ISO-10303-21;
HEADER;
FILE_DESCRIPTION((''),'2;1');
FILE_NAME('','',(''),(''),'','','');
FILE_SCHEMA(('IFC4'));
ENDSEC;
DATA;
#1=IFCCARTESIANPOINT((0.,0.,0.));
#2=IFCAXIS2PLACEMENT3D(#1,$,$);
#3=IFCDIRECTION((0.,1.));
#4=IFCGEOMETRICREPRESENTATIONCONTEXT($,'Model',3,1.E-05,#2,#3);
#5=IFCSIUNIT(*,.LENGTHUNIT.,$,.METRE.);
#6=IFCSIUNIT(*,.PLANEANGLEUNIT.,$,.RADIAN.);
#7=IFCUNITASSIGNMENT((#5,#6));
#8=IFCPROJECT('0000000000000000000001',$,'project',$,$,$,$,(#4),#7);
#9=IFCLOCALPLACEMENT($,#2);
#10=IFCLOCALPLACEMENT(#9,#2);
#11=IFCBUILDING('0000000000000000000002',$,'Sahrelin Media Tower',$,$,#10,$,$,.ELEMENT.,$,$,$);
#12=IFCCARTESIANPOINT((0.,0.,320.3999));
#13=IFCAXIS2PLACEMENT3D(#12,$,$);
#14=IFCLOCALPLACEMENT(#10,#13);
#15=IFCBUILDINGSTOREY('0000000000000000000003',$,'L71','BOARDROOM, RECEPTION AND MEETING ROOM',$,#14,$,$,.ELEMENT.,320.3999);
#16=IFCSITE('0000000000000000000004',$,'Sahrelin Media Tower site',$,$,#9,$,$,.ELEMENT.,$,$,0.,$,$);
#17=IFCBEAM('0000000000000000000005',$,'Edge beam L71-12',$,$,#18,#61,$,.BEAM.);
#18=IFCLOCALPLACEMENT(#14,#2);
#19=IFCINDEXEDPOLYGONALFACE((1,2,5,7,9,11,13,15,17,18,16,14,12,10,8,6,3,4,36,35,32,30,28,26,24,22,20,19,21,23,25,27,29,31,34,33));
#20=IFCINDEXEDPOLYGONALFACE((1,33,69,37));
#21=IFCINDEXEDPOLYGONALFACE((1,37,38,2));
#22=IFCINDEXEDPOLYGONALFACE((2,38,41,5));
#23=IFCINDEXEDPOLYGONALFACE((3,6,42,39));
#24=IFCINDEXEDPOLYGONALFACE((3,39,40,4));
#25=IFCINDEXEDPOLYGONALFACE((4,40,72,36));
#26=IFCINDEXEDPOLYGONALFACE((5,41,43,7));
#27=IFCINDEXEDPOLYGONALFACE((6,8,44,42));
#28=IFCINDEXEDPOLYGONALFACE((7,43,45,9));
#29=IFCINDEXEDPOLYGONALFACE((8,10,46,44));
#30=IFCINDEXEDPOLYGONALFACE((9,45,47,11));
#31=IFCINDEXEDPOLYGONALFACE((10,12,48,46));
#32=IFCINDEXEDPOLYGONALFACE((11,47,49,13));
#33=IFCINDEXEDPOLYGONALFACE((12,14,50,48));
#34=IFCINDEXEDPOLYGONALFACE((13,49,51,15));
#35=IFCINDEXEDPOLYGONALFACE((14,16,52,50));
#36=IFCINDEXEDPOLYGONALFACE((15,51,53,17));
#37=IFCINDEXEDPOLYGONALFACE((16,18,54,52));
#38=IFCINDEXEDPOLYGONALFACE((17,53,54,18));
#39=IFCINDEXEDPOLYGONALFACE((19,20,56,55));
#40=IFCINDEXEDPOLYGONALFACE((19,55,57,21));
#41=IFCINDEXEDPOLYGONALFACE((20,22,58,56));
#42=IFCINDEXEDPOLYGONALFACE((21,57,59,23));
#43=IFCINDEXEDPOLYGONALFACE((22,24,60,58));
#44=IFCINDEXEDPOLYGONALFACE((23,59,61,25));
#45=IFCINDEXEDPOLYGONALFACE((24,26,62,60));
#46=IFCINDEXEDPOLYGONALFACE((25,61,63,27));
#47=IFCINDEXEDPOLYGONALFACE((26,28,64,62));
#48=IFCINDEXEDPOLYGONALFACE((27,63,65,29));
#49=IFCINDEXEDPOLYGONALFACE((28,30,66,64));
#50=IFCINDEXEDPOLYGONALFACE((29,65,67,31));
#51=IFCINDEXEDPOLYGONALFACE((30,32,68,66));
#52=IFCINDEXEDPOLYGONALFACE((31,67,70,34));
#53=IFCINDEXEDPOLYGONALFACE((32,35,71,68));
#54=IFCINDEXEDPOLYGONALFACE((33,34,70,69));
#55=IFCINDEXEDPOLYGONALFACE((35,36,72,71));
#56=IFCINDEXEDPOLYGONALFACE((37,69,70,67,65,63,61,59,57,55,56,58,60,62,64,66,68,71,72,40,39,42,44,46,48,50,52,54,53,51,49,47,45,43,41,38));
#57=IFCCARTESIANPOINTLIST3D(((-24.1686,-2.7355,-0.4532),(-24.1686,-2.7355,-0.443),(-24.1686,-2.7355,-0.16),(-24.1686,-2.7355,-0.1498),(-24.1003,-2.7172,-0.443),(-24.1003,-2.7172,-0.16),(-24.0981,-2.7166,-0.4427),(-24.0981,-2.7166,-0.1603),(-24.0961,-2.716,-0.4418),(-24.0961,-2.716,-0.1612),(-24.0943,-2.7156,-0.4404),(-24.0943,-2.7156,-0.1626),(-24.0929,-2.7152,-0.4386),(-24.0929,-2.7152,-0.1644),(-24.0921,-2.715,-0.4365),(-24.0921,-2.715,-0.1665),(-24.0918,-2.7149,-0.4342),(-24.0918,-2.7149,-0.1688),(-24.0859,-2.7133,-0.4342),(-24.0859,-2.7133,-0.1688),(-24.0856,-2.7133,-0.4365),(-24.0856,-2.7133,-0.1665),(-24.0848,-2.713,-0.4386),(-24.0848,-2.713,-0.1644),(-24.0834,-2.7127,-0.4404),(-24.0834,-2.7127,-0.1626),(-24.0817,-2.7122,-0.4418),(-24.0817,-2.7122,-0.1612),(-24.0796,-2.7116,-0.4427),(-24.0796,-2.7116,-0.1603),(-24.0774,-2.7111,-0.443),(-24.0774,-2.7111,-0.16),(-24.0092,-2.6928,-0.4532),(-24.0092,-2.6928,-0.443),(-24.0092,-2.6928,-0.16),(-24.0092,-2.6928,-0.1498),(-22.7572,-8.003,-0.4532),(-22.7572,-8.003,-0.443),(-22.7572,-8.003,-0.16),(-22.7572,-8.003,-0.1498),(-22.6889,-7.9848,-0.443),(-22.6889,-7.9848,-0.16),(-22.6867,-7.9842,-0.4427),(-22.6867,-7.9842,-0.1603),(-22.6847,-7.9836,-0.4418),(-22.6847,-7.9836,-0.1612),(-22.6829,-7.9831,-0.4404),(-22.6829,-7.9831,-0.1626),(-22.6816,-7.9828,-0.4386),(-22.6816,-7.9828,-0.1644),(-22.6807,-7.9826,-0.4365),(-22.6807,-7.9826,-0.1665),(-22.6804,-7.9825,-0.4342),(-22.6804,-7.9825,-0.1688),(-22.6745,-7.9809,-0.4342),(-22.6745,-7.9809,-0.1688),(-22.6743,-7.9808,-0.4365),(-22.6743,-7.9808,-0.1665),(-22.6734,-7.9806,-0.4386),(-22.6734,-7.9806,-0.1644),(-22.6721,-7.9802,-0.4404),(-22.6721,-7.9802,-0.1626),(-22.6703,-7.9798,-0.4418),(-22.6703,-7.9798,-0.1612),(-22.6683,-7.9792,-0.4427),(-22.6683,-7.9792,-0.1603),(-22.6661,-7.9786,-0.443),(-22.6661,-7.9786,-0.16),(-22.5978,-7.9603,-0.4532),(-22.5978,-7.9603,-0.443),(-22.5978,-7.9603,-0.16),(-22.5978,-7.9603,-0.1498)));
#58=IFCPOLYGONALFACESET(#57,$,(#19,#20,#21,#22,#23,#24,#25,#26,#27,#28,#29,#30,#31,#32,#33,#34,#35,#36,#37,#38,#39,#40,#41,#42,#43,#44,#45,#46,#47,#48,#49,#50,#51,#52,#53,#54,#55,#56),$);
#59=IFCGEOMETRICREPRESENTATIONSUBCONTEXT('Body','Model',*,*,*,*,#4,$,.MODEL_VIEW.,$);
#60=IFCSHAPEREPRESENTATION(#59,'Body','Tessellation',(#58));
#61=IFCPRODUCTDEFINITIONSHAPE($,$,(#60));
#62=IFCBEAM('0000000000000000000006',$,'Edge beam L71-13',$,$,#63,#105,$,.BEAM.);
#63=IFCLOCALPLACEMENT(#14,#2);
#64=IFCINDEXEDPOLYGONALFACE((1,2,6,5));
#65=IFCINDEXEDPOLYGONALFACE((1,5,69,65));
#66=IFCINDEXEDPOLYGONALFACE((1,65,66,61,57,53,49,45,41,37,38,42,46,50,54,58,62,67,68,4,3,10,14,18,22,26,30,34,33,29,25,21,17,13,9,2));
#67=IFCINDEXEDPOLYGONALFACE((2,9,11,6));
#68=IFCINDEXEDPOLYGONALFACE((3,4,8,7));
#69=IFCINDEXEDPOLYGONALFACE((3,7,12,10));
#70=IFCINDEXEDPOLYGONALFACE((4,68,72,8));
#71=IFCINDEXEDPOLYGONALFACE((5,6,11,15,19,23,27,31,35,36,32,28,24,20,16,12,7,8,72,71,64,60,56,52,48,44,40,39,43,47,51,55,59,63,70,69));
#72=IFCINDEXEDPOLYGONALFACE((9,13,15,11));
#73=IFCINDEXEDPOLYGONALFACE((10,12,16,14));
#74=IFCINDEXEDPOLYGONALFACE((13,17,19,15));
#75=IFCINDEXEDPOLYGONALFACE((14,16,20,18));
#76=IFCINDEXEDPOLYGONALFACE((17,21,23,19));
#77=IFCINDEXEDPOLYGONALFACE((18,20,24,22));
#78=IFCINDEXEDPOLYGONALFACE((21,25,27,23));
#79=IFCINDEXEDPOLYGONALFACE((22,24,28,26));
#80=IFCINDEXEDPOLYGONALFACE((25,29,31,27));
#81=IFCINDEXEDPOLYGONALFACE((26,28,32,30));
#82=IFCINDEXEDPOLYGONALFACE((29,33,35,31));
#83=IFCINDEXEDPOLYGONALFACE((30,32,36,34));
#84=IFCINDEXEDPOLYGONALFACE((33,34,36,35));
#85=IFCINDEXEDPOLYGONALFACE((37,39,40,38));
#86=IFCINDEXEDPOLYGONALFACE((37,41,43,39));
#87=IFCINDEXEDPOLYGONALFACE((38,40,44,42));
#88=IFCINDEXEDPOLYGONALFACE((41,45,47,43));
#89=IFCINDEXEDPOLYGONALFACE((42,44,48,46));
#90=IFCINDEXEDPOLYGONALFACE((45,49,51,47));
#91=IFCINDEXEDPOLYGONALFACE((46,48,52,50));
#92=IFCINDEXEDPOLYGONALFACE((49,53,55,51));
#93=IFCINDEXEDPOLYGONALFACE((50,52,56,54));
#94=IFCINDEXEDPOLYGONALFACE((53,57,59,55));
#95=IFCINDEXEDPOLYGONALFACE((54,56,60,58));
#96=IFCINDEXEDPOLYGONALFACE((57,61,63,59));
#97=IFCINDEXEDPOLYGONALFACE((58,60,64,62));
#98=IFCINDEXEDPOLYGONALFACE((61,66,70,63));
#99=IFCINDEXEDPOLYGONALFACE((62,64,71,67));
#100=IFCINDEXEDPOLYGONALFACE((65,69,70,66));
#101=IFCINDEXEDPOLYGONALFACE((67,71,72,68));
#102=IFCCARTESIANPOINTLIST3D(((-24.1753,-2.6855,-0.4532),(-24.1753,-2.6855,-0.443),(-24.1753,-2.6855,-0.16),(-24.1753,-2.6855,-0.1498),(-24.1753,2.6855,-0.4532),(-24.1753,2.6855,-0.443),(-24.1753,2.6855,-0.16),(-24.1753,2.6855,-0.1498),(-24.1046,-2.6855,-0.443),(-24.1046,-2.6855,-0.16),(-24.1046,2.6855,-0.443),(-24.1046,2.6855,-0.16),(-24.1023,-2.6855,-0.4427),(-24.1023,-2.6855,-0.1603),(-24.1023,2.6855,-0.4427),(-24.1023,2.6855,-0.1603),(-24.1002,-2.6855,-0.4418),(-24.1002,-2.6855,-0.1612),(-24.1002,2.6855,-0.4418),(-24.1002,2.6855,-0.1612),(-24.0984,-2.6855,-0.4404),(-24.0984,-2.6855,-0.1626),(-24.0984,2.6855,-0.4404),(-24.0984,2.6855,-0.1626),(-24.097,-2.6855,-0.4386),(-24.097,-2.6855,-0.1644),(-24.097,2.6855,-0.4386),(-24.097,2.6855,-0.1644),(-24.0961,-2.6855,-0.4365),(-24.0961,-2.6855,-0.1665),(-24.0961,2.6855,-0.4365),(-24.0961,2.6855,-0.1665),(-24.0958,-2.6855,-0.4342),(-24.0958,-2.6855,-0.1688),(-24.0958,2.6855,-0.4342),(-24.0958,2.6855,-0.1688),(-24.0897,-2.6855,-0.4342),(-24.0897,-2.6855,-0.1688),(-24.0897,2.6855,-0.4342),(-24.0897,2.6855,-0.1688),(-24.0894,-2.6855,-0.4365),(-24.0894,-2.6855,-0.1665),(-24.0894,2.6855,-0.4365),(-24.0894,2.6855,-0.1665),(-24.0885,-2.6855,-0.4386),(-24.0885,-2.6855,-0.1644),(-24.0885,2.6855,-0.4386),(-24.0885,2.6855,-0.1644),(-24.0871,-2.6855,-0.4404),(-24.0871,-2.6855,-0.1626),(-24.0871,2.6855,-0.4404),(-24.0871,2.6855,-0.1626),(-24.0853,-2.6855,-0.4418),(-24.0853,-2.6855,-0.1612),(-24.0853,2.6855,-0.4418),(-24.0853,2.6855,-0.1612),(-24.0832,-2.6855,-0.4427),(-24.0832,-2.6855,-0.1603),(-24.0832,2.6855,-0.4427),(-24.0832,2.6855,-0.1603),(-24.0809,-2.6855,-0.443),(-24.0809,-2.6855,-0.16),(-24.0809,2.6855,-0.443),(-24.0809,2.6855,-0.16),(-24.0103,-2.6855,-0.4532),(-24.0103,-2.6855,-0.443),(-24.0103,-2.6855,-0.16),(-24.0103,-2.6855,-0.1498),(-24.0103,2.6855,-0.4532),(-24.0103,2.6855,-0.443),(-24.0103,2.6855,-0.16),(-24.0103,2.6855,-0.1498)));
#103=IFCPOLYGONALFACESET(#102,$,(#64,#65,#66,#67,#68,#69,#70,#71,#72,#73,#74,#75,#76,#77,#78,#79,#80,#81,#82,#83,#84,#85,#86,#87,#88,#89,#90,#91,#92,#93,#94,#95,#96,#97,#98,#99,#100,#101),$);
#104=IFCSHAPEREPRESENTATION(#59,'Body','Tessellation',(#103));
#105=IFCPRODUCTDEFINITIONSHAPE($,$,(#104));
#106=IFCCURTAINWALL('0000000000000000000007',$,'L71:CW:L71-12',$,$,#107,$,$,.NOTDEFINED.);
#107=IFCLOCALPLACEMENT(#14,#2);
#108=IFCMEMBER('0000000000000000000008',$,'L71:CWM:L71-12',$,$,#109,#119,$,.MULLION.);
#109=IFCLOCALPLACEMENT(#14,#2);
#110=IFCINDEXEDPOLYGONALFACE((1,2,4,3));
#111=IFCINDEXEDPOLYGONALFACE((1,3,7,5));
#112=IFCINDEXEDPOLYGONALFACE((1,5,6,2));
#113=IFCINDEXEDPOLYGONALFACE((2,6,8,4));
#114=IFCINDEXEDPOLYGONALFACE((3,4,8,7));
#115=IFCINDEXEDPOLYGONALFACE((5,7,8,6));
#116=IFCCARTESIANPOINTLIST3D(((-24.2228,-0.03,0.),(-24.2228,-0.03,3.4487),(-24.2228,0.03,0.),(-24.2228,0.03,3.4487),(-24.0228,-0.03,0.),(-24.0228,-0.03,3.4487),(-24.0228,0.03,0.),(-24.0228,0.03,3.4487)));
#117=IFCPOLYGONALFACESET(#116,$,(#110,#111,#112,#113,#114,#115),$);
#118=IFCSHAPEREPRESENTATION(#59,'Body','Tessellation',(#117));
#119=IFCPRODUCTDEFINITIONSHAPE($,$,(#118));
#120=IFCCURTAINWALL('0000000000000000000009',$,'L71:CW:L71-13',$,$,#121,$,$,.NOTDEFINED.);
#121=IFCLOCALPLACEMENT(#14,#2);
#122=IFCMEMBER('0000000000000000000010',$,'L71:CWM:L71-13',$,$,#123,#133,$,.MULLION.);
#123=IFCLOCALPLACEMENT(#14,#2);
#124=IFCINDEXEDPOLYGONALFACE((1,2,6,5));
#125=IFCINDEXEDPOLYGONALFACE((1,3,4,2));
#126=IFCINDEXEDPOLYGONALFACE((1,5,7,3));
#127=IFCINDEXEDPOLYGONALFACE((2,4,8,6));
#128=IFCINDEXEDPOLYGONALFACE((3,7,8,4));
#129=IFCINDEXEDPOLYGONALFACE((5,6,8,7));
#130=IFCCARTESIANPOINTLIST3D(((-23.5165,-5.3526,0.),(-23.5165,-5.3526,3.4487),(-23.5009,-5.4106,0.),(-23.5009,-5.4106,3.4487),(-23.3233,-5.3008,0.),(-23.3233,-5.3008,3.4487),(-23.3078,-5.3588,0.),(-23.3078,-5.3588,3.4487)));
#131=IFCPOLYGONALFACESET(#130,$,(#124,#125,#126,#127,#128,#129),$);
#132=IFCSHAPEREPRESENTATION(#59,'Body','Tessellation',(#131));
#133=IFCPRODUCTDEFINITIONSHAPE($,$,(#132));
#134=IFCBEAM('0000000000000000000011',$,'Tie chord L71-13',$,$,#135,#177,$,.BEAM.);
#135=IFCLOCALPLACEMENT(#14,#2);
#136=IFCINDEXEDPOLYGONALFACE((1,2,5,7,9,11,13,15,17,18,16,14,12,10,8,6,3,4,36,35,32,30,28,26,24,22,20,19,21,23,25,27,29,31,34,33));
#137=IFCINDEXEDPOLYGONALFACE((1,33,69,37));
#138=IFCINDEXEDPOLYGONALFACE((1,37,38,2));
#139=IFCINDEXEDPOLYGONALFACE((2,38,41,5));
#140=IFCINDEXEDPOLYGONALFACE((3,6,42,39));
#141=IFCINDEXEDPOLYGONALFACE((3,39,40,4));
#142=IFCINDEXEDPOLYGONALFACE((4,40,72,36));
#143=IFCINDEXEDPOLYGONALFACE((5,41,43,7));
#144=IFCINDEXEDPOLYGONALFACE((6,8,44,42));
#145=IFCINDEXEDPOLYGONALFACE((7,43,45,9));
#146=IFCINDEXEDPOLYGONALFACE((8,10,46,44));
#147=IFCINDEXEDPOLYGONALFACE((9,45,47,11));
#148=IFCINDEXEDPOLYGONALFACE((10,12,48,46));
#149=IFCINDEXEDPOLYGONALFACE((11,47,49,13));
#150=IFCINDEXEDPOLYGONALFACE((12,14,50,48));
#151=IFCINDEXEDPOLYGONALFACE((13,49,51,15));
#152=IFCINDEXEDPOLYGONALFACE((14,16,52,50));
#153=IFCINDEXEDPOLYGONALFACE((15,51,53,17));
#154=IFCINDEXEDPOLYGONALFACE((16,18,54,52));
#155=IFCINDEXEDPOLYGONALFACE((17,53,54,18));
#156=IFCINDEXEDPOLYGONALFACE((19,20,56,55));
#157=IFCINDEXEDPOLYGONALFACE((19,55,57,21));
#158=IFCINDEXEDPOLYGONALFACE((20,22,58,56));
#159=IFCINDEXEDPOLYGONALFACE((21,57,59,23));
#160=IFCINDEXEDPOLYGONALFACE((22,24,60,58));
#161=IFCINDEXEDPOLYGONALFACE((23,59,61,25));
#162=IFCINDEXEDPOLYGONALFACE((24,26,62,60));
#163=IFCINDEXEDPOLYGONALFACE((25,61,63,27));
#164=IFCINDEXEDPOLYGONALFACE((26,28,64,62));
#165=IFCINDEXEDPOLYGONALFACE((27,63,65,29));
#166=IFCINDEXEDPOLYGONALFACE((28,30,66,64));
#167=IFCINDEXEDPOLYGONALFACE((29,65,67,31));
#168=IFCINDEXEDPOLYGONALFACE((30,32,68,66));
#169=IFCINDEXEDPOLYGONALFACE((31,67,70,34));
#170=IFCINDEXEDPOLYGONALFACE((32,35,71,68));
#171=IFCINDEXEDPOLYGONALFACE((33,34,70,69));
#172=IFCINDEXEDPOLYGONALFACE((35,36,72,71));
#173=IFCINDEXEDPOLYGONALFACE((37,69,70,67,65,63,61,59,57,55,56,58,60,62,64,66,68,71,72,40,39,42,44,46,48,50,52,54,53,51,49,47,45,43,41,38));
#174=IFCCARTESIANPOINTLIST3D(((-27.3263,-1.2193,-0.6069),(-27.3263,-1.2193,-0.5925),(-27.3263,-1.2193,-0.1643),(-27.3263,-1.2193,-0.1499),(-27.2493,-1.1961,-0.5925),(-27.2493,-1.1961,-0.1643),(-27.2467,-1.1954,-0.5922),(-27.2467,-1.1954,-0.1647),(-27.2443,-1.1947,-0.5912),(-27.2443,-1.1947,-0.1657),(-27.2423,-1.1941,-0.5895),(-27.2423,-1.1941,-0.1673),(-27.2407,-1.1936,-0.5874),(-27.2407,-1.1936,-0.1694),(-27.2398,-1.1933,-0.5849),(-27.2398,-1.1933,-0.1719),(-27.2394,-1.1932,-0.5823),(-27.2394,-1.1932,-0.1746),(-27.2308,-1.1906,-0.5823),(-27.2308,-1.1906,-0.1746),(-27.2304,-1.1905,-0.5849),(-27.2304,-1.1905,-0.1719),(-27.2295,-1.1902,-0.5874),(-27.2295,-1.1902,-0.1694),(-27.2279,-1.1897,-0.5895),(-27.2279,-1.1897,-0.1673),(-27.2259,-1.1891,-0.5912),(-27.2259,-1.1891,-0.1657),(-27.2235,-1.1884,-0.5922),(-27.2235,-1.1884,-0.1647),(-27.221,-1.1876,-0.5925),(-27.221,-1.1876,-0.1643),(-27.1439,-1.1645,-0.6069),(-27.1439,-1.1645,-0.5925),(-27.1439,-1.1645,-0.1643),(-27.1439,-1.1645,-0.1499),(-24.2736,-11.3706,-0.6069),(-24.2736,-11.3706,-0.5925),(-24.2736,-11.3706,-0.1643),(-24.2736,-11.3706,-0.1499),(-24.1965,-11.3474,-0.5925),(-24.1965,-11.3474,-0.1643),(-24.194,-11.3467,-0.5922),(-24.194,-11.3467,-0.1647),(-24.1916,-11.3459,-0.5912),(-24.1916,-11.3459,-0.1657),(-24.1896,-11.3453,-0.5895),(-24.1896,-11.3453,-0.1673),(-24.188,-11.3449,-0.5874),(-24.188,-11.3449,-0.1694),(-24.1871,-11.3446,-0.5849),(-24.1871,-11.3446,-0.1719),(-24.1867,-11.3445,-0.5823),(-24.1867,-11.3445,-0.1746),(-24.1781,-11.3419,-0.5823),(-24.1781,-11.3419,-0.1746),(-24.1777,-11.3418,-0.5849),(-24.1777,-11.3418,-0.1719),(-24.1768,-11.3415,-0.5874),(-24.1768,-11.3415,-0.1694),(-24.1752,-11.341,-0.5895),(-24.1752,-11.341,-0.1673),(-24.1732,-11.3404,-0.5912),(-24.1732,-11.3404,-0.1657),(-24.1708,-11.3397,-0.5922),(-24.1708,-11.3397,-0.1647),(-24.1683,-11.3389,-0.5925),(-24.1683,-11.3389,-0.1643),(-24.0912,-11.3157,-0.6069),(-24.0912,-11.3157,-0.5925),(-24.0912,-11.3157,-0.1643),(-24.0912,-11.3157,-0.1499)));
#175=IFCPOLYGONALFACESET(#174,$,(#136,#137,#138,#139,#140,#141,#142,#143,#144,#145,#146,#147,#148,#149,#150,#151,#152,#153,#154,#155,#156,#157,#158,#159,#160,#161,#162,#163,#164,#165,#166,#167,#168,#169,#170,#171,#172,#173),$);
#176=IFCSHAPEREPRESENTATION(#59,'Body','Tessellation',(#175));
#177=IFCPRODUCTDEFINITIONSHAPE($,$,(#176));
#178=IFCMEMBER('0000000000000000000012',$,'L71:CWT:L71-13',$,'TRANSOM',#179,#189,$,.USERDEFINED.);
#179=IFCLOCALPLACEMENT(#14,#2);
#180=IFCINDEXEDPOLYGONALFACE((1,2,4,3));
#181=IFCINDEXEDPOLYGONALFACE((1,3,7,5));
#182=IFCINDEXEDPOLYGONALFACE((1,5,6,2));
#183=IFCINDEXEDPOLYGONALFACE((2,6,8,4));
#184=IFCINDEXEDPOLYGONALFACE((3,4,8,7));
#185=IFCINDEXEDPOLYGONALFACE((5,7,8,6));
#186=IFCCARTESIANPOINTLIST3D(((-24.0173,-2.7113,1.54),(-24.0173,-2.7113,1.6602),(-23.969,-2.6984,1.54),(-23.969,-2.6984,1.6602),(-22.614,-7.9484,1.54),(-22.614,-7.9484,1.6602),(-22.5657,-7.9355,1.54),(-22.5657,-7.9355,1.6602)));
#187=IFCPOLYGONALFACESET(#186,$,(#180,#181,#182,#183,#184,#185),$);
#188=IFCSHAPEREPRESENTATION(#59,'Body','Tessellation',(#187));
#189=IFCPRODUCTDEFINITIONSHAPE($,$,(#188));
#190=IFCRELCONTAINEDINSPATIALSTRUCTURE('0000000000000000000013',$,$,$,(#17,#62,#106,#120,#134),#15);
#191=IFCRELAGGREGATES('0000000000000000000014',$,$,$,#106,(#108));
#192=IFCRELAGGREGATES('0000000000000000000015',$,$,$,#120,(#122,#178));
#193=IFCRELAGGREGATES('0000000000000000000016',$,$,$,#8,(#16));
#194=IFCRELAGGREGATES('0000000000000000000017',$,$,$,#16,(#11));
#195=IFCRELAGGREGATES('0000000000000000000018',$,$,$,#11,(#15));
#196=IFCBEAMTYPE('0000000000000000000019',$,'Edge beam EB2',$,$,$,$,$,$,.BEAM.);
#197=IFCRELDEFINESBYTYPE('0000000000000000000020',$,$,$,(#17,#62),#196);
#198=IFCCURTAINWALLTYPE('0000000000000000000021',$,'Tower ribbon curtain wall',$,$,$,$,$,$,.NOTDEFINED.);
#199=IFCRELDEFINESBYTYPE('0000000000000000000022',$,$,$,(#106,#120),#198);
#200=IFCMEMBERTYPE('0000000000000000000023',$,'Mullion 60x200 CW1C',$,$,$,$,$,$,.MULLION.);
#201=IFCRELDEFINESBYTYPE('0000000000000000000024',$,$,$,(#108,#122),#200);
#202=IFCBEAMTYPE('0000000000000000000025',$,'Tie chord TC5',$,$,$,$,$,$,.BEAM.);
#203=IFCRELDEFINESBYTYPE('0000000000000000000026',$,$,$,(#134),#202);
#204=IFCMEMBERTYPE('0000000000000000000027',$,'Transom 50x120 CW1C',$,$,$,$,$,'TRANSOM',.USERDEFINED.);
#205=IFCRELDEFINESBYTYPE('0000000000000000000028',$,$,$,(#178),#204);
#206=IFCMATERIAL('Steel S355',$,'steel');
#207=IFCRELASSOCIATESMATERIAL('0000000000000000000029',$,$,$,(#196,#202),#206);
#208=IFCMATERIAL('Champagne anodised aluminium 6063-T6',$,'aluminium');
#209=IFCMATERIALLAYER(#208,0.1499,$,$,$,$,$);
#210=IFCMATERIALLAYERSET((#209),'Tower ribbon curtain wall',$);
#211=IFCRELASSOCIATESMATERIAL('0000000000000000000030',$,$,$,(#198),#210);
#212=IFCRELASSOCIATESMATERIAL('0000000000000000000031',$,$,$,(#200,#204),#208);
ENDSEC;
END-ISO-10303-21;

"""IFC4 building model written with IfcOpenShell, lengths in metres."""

from ifc_helpers import new_model, si_unit, direction, frame, origin, origin_2d, place, context, subcontext, project, spatial, rectangle, i_section, extrude, material, layer, layer_set, material_profile, profile_set, type_object, element, aggregate, save


model = new_model("IFC4")

# Units and contexts
model_context = context("Model", 3, precision=1e-05, world=origin(), true_north=direction((0.0, 1.0)))
body_context = subcontext(model_context, "Body", "Model", "MODEL_VIEW")
ifc_project = project(units=[si_unit("LENGTHUNIT", "METRE"), si_unit("PLANEANGLEUNIT", "RADIAN")], contexts=[model_context])

# Site, building, storey
site_placement = place(None, origin())
site = spatial("IfcSite", under=ifc_project, at=site_placement, Name="Sahrelin Media Tower site", CompositionType="ELEMENT", RefElevation=0.0)
building_placement = place(site_placement, origin())
building = spatial("IfcBuilding", under=site, at=building_placement, Name="Sahrelin Media Tower", CompositionType="ELEMENT")
storey_placement = place(building_placement, frame((0.0, 0.0, 320.3999)))
storey = spatial("IfcBuildingStorey", under=building, at=storey_placement, Name="L71", Description="BOARDROOM, RECEPTION AND MEETING ROOM", CompositionType="ELEMENT", Elevation=320.3999)

# Beams
ifc_material_1 = material(Name="Steel S355", Category="steel")
ifc_material_profile_1 = material_profile(ifc_material_1, i_section(OverallWidth=0.165, OverallDepth=0.3035, WebThickness=0.0061, FlangeThickness=0.0103, FilletRadius=0.0088, at=origin_2d()), Name="UB 305x165x40")
ifc_profile_set_1 = profile_set([ifc_material_profile_1], Name="Steel S355")
beam_type_1 = type_object("IfcBeamType", Name="Edge beam EB2", PredefinedType="BEAM", material=ifc_profile_set_1)
beam_1_placement = place(storey_placement, frame((-22.6775, -7.9817, -0.3015), z_axis=(-0.258808, 0.965929, 0.0), x_axis=(-0.965929, -0.258808, 0.0)))
element("IfcBeam", 1, at=beam_1_placement, inside=storey, type_object=beam_type_1, Name="Edge beam L71-12", PredefinedType="BEAM", context=body_context, shape_type="SweptSolid", body=[
    extrude(i_section(OverallWidth=0.165, OverallDepth=0.3035, WebThickness=0.0061, FlangeThickness=0.0103, FilletRadius=0.0088, at=origin_2d()), origin(), (0.0, 0.0, 1.0), 5.4534),
])
beam_2_placement = place(storey_placement, frame((-24.0928, -2.6855, -0.3015), z_axis=(0.0, 1.0, 0.0), x_axis=(-1.0, 0.0, 0.0)))
element("IfcBeam", 2, at=beam_2_placement, inside=storey, type_object=beam_type_1, Name="Edge beam L71-13", PredefinedType="BEAM", context=body_context, shape_type="SweptSolid", body=[
    extrude(i_section(OverallWidth=0.165, OverallDepth=0.3035, WebThickness=0.0061, FlangeThickness=0.0103, FilletRadius=0.0088, at=origin_2d()), origin(), (0.0, 0.0, 1.0), 5.3711),
])

# Curtain walls, members
ifc_material_2 = material(Name="Champagne anodised aluminium 6063-T6", Category="aluminium")
ifc_layer_1 = layer(ifc_material_2, 0.1499)
ifc_layer_set_1 = layer_set([ifc_layer_1], Name="Tower ribbon curtain wall")
curtain_wall_type = type_object("IfcCurtainWallType", Name="Tower ribbon curtain wall", PredefinedType="NOTDEFINED", material=ifc_layer_set_1)
curtain_wall_1_placement = place(storey_placement, frame((-24.2427, 0.0, 0.0), z_axis=(0.0, 0.0, 1.0), x_axis=(1.0, 0.0, 0.0)))
curtain_wall_1 = element("IfcCurtainWall", 3, at=curtain_wall_1_placement, inside=storey, type_object=curtain_wall_type, Name="L71:CW:L71-12", PredefinedType="NOTDEFINED")
ifc_material_profile_2 = material_profile(ifc_material_2, rectangle(XDim=0.0601, YDim=0.2, at=origin_2d()), Name="Mullion 60x200")
ifc_profile_set_2 = profile_set([ifc_material_profile_2], Name="Champagne anodised aluminium 6063-T6")
member_type_1 = type_object("IfcMemberType", Name="Mullion 60x200 CW1C", PredefinedType="MULLION", material=ifc_profile_set_2)
member_1_placement = place(storey_placement, frame((-24.1228, 0.0, 0.0), z_axis=(0.0, 0.0, 1.0), x_axis=(0.0, -1.0, 0.0)))
member_1 = element("IfcMember", 4, at=member_1_placement, type_object=member_type_1, Name="L71:CWM:L71-12", PredefinedType="MULLION", context=body_context, shape_type="SweptSolid", body=[
    extrude(rectangle(XDim=0.0601, YDim=0.2, at=origin_2d()), origin(), (0.0, 0.0, 1.0), 3.4487),
])
aggregate(curtain_wall_1, [member_1])
curtain_wall_2_placement = place(storey_placement, frame((-23.5283, -5.3867, 0.0), z_axis=(0.0, 0.0, 1.0), x_axis=(1.0, 0.0, 0.0)))
curtain_wall_2 = element("IfcCurtainWall", 5, at=curtain_wall_2_placement, inside=storey, type_object=curtain_wall_type, Name="L71:CW:L71-13", PredefinedType="NOTDEFINED")
member_2_placement = place(storey_placement, frame((-23.4121, -5.3557, 0.0), z_axis=(0.0, 0.0, 1.0), x_axis=(0.258814, -0.965927, 0.0)))
member_2 = element("IfcMember", 6, at=member_2_placement, type_object=member_type_1, Name="L71:CWM:L71-13", PredefinedType="MULLION", context=body_context, shape_type="SweptSolid", body=[
    extrude(rectangle(XDim=0.0601, YDim=0.2, at=origin_2d()), origin(), (0.0, 0.0, 1.0), 3.4487),
])

# Beam
ifc_material_profile_3 = material_profile(ifc_material_1, i_section(OverallWidth=0.1904, OverallDepth=0.457, WebThickness=0.009, FlangeThickness=0.0144, FilletRadius=0.0103, at=origin_2d()), Name="UB 457x191x74")
ifc_profile_set_3 = profile_set([ifc_material_profile_3], Name="Steel S355")
beam_type_2 = type_object("IfcBeamType", Name="Tie chord TC5", PredefinedType="BEAM", material=ifc_profile_set_3)
beam_3_placement = place(storey_placement, frame((-27.2351, -1.1919, -0.3784), z_axis=(0.287982, -0.957636, 0.0), x_axis=(0.957636, 0.287982, 0.0)))
element("IfcBeam", 7, at=beam_3_placement, inside=storey, type_object=beam_type_2, Name="Tie chord L71-13", PredefinedType="BEAM", context=body_context, shape_type="SweptSolid", body=[
    extrude(i_section(OverallWidth=0.1904, OverallDepth=0.457, WebThickness=0.009, FlangeThickness=0.0144, FilletRadius=0.0103, at=origin_2d()), origin(), (0.0, 0.0, 1.0), 10.6003),
])

# Member
ifc_material_profile_4 = material_profile(ifc_material_2, rectangle(XDim=0.05, YDim=0.1201, at=origin_2d()), Name="Transom 50x120")
ifc_profile_set_4 = profile_set([ifc_material_profile_4], Name="Champagne anodised aluminium 6063-T6")
member_type_2 = type_object("IfcMemberType", Name="Transom 50x120 CW1C", ElementType="TRANSOM", PredefinedType="USERDEFINED", material=ifc_profile_set_4)
member_3_placement = place(storey_placement, frame((-23.9932, -2.7048, 1.6001), z_axis=(0.258828, -0.965923, 0.0), x_axis=(0.965923, 0.258828, 0.0)))
member_3 = element("IfcMember", 8, at=member_3_placement, type_object=member_type_2, Name="L71:CWT:L71-13", ObjectType="TRANSOM", PredefinedType="USERDEFINED", context=body_context, shape_type="SweptSolid", body=[
    extrude(rectangle(XDim=0.05, YDim=0.1201, at=origin_2d()), origin(), (0.0, 0.0, 1.0), 5.4219),
])

aggregate(curtain_wall_2, [member_2, member_3])

save(model, "model.ifc")
